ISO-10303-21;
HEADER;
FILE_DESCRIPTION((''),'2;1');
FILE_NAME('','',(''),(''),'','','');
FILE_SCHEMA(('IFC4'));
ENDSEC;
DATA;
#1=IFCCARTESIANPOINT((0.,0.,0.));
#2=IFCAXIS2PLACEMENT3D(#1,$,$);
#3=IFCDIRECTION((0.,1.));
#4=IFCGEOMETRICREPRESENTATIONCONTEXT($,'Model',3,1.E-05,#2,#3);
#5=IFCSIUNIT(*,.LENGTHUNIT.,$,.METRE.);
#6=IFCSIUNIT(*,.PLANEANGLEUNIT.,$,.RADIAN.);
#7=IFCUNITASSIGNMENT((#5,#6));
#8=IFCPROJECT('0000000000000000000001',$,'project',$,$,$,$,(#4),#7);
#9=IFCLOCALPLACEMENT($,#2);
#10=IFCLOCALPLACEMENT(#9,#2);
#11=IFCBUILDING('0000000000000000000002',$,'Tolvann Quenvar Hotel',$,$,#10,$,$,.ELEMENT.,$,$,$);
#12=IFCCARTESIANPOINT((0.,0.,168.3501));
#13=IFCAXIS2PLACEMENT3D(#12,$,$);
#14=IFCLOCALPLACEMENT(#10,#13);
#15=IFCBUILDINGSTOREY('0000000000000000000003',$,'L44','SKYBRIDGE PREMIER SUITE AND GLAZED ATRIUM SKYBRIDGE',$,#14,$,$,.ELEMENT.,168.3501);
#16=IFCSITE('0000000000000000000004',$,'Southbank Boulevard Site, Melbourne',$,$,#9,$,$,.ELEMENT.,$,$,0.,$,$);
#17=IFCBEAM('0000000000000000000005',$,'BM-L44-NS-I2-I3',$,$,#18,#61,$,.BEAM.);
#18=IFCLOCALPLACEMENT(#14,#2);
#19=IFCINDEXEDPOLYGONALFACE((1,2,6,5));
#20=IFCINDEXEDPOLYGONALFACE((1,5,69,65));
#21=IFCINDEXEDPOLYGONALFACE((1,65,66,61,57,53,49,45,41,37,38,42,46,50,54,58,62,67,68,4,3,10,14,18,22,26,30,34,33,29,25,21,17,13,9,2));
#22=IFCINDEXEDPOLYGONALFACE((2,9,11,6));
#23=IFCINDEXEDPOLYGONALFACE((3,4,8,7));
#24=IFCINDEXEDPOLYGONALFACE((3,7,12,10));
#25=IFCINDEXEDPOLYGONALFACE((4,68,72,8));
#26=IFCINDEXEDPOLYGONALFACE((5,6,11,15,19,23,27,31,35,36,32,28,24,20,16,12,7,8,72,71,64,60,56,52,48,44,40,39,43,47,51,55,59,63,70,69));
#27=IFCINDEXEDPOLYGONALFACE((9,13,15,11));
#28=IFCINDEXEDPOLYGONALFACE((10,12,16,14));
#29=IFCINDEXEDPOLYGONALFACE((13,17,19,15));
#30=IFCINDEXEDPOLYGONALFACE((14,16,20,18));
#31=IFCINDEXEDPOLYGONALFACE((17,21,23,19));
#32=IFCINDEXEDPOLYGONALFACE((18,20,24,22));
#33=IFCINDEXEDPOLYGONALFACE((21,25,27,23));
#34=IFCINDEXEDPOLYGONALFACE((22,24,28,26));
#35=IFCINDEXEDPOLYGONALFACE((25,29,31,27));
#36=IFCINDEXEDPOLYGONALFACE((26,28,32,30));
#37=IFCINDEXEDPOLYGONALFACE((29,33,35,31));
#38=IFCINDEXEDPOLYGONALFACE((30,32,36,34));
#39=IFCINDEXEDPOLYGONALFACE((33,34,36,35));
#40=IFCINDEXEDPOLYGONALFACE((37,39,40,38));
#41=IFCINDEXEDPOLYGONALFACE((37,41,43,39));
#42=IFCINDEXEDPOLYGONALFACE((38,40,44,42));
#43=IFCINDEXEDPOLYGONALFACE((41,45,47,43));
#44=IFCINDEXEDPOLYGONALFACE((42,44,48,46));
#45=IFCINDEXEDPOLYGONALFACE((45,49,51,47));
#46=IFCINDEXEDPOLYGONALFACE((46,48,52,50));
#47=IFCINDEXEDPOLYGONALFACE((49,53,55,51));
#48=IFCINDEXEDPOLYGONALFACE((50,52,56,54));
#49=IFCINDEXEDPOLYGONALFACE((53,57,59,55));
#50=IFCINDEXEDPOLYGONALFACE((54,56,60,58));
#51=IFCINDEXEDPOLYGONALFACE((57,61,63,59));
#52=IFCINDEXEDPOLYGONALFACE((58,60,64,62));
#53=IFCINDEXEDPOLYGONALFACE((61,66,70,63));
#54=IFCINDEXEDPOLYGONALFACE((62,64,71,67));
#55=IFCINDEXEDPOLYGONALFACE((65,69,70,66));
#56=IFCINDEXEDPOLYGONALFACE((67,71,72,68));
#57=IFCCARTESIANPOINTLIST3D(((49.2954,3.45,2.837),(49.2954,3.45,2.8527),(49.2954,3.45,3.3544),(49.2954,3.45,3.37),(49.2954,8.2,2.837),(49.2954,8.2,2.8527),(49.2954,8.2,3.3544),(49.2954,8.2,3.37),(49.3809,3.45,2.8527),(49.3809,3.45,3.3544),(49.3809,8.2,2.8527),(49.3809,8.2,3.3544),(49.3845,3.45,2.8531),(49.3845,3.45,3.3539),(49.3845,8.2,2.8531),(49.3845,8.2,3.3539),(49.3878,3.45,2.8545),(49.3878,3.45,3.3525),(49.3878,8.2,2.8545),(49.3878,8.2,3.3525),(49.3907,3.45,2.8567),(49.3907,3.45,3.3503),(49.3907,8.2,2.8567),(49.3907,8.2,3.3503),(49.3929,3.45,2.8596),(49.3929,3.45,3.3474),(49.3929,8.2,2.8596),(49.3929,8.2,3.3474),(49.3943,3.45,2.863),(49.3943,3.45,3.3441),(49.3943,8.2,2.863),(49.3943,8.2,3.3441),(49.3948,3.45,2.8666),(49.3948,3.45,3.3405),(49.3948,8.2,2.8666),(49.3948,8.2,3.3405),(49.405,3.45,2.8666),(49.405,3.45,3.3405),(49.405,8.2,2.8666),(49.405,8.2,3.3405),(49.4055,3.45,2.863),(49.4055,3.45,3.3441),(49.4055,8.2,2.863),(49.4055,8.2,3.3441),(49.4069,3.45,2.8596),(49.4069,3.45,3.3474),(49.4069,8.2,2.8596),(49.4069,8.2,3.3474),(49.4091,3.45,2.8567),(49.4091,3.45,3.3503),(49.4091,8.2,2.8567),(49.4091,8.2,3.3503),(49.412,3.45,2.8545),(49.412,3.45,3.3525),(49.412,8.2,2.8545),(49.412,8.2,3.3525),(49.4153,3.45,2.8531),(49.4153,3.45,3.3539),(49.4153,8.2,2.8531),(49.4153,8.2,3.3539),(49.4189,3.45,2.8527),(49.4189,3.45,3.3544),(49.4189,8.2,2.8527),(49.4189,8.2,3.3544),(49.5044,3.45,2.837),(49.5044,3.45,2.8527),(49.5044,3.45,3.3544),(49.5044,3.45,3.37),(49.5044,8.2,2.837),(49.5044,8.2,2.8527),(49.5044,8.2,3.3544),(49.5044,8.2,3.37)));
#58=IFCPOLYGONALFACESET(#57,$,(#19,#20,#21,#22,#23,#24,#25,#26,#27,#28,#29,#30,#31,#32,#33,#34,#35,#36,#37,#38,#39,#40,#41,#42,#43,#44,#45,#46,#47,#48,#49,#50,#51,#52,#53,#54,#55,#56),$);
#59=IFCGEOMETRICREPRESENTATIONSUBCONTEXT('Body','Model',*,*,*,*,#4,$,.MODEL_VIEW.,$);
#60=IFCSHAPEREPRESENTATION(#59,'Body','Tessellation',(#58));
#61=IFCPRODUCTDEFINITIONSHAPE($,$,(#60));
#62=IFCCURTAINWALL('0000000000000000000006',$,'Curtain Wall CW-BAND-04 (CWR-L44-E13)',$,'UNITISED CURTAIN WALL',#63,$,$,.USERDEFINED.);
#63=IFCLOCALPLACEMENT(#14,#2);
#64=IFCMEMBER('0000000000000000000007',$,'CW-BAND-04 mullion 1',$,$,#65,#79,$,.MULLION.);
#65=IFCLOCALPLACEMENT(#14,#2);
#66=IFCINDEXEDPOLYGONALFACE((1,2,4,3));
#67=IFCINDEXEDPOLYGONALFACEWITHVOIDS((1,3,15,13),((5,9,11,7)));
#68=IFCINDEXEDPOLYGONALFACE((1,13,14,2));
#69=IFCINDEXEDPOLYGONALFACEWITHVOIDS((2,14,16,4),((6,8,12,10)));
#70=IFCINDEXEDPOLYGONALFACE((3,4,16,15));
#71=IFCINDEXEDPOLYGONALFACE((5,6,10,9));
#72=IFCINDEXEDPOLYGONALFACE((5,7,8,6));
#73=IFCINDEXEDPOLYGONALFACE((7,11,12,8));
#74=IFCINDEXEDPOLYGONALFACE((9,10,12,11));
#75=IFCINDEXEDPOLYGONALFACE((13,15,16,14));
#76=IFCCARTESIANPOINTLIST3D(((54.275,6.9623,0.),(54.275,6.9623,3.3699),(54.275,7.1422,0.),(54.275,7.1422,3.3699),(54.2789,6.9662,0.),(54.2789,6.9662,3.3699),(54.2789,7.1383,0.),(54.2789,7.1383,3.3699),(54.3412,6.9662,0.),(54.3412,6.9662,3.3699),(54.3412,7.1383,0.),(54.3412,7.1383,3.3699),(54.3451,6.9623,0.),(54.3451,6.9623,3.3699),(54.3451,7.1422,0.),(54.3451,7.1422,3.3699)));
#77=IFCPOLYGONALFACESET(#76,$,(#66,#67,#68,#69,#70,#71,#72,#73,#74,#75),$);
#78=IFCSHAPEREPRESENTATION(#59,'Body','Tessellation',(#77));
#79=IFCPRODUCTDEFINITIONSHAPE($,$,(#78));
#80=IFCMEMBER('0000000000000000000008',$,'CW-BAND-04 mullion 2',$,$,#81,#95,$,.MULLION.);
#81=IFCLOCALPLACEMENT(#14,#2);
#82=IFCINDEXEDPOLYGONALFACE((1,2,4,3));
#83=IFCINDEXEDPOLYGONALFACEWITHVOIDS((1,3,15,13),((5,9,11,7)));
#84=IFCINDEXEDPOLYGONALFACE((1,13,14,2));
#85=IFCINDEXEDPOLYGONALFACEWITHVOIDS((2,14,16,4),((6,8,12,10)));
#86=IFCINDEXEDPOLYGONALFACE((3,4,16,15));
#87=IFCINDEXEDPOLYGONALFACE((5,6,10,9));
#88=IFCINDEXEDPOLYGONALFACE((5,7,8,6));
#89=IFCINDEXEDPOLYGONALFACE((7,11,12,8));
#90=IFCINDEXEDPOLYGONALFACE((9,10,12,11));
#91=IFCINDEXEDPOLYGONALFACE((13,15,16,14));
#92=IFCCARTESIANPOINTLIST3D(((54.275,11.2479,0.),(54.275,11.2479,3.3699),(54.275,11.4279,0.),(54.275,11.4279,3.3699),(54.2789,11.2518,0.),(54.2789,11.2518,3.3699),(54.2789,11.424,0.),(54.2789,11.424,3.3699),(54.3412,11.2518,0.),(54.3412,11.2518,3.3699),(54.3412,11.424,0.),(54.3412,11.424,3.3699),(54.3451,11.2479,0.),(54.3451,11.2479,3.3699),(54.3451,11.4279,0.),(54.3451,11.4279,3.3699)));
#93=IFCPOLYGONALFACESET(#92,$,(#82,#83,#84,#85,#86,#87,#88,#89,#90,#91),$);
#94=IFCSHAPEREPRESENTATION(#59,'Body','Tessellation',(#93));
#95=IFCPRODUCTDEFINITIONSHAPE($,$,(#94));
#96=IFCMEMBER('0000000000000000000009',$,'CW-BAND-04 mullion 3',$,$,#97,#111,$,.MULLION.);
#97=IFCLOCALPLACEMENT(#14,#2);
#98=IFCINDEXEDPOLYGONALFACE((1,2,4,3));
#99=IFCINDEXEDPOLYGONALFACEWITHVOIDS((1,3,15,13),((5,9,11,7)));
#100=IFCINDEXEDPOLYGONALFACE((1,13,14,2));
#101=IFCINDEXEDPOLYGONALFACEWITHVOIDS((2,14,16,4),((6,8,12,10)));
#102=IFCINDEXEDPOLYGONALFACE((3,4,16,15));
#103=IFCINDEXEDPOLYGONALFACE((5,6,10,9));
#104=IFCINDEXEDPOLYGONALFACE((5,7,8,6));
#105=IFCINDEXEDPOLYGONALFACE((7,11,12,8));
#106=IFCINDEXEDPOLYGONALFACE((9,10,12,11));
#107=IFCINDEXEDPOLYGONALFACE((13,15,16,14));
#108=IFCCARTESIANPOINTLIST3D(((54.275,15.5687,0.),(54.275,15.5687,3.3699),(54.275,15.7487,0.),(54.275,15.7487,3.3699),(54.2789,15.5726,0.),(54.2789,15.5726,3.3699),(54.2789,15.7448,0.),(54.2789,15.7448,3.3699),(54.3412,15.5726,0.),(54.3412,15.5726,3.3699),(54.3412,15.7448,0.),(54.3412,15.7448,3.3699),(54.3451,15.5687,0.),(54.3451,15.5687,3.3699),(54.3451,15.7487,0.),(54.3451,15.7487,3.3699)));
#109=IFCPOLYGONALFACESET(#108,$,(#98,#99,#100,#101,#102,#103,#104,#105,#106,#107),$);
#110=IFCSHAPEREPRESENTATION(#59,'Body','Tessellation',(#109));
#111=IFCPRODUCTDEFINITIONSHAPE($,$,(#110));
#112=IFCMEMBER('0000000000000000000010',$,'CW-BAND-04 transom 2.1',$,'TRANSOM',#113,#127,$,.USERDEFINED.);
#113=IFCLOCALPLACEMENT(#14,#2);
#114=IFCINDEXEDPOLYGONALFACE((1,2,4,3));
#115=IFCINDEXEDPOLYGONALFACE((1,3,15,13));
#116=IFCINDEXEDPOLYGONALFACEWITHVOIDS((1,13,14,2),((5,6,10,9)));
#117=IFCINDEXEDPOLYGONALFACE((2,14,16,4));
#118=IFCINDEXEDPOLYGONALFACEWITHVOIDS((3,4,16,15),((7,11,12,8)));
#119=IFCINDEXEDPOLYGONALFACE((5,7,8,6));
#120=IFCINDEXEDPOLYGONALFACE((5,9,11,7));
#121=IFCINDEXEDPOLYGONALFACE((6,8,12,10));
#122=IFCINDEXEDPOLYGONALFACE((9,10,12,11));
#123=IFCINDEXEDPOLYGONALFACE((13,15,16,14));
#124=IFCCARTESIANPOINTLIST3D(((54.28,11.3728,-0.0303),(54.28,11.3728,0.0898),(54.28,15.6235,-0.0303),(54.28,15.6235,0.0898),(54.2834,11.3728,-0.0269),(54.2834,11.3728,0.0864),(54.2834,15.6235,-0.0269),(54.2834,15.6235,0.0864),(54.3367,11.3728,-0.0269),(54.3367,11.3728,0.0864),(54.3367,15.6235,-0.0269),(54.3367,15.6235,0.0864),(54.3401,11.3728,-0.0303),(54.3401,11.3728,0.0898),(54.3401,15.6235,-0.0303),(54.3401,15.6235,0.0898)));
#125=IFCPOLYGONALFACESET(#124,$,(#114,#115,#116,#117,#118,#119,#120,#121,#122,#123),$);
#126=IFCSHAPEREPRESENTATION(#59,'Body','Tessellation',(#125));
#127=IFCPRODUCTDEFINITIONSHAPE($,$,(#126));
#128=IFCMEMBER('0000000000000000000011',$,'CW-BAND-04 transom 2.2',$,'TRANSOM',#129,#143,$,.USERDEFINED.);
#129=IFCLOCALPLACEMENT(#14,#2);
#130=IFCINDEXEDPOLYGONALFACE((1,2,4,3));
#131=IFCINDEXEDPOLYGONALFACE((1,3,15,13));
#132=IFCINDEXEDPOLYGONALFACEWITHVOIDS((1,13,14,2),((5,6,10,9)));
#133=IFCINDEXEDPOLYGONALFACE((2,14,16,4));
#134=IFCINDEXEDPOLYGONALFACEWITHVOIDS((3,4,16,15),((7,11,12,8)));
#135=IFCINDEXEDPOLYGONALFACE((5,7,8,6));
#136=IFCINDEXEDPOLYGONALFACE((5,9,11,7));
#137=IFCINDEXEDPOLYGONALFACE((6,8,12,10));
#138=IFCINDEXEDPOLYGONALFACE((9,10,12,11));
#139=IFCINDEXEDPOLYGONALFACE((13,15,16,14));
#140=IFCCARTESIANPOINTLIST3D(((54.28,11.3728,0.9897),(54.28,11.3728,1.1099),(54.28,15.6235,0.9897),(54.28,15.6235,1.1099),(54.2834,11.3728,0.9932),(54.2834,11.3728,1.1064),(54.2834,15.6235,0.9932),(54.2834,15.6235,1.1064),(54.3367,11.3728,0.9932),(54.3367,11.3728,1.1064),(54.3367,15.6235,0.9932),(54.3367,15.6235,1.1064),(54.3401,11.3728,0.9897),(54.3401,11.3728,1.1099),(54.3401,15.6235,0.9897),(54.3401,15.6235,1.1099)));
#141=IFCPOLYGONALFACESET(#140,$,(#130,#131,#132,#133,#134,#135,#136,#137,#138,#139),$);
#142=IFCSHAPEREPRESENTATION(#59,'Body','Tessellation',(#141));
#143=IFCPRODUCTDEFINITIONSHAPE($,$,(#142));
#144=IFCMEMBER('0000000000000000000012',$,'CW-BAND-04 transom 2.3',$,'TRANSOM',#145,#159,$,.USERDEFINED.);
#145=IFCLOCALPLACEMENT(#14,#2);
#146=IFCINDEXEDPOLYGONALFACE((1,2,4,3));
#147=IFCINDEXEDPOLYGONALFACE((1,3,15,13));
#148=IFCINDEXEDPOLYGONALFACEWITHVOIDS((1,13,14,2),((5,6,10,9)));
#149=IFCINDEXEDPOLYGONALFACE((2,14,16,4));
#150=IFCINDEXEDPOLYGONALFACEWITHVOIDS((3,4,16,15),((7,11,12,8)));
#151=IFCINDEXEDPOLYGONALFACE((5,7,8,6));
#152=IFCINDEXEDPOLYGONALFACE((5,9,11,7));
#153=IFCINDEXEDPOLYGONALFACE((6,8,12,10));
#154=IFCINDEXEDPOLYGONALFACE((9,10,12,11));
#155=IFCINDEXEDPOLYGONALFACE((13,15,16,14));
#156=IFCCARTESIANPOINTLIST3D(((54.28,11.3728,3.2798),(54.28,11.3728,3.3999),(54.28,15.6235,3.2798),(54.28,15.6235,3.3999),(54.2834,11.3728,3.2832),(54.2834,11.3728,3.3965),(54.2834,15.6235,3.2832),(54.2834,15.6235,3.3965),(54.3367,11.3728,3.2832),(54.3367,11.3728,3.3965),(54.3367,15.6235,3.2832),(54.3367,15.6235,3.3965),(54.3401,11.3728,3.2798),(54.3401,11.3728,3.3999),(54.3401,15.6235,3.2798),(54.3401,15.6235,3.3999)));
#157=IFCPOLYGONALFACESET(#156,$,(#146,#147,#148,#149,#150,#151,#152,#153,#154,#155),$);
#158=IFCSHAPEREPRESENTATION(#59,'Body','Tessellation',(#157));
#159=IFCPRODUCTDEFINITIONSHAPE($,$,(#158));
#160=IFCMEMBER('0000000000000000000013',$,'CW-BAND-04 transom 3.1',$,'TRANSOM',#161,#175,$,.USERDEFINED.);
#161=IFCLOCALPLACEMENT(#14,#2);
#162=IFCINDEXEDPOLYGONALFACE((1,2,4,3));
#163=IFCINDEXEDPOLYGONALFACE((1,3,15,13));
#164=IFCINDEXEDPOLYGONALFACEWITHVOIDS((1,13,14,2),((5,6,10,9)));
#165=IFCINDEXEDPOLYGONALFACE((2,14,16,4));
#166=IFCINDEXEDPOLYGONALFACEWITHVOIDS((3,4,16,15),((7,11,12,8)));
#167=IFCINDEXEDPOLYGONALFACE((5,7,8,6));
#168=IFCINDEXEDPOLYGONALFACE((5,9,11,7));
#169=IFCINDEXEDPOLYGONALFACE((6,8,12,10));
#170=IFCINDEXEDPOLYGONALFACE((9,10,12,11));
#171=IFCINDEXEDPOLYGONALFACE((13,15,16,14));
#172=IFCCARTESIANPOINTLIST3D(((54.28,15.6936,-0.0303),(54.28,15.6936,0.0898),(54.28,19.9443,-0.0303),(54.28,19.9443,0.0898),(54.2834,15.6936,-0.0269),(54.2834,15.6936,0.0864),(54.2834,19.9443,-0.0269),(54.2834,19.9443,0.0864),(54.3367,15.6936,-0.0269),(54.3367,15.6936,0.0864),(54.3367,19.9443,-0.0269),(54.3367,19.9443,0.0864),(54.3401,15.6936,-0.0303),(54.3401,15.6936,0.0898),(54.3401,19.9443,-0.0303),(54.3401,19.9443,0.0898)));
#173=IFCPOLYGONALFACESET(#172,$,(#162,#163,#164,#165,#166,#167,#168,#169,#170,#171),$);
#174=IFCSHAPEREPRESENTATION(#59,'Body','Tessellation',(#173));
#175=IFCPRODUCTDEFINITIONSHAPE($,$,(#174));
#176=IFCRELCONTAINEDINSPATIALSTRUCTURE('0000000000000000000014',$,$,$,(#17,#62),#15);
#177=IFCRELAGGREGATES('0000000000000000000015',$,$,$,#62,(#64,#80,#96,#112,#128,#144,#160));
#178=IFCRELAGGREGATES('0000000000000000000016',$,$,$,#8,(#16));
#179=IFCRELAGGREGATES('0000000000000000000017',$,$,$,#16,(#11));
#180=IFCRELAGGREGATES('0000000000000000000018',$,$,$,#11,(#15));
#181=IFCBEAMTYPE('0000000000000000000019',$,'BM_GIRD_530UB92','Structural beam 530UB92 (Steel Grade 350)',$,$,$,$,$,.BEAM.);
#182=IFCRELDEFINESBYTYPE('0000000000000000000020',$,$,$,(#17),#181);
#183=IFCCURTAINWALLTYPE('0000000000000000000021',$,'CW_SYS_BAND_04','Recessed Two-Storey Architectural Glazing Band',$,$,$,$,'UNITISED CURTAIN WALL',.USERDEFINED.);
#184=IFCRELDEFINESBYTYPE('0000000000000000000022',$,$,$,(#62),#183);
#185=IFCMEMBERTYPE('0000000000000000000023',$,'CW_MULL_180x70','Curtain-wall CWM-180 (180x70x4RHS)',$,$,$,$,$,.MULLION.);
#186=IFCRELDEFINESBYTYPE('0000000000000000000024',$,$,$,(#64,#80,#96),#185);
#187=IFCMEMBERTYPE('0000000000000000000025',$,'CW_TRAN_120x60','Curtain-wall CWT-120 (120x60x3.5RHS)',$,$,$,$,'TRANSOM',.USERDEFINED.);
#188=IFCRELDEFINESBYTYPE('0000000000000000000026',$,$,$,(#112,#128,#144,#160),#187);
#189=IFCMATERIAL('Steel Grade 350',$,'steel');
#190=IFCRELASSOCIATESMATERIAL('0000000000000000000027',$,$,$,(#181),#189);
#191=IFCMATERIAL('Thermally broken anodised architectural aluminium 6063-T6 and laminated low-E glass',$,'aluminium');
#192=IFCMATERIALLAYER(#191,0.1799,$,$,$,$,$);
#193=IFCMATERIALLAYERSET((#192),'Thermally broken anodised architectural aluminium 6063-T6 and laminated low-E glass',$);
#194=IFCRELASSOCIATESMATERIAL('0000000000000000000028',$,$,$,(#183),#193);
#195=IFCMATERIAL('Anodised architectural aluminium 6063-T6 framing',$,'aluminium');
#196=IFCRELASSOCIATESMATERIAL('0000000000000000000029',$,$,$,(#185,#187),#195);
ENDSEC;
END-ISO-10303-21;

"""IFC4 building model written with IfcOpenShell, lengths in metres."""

from ifc_helpers import new_model, si_unit, direction, frame, origin, origin_2d, place, context, subcontext, project, spatial, hollow_rectangle, i_section, extrude, source, transform, mapped, material, layer, layer_set, material_profile, profile_set, type_object, type_shapes, element, aggregate, save


model = new_model("IFC4")

# Units and contexts
model_context = context("Model", 3, precision=1e-05, world=origin(), true_north=direction((0.0, 1.0)))
body_context = subcontext(model_context, "Body", "Model", "MODEL_VIEW")
ifc_project = project(units=[si_unit("LENGTHUNIT", "METRE"), si_unit("PLANEANGLEUNIT", "RADIAN")], contexts=[model_context])

# Site, building, storey
site_placement = place(None, origin())
site = spatial("IfcSite", under=ifc_project, at=site_placement, Name="Southbank Boulevard Site, Melbourne", CompositionType="ELEMENT", RefElevation=0.0)
building_placement = place(site_placement, origin())
building = spatial("IfcBuilding", under=site, at=building_placement, Name="Tolvann Quenvar Hotel", CompositionType="ELEMENT")
storey_placement = place(building_placement, frame((0.0, 0.0, 168.3501)))
storey = spatial("IfcBuildingStorey", under=building, at=storey_placement, Name="L44", Description="SKYBRIDGE PREMIER SUITE AND GLAZED ATRIUM SKYBRIDGE", CompositionType="ELEMENT", Elevation=168.3501)

# Shared definitions
ifc_material_1 = material(Name="Steel Grade 350", Category="steel")

# Beam
ifc_material_profile_1 = material_profile(ifc_material_1, i_section(OverallWidth=0.209, OverallDepth=0.533, WebThickness=0.0103, FlangeThickness=0.0156, FilletRadius=0.0139, at=origin_2d()), Name="530UB92")
ifc_profile_set_1 = profile_set([ifc_material_profile_1], Name="Steel Grade 350")
beam_type_1 = type_object("IfcBeamType", Name="BM_GIRD_530UB92", Description="Structural beam 530UB92 (Steel Grade 350)", PredefinedType="BEAM", material=ifc_profile_set_1)
shared_shape_1 = source(origin(), body_context, "Body", "SweptSolid", [
    extrude(i_section(OverallWidth=0.209, OverallDepth=0.533, WebThickness=0.0103, FlangeThickness=0.0156, FilletRadius=0.0139, at=origin_2d()), origin(), (0.0, 0.0, 1.0), 4.75),
])
beam_1_placement = place(storey_placement, frame((49.3999, 3.45, 3.1035), z_axis=(0.0, 1.0, 0.0), x_axis=(-1.0, 0.0, 0.0)))
element("IfcBeam", 1, at=beam_1_placement, inside=storey, type_object=beam_type_1, Name="BM-L44-NS-I2-I3", PredefinedType="BEAM", context=body_context, shape_type="MappedRepresentation", body=[
    mapped(shared_shape_1, transform((0.0, 0.0, 0.0), x_axis=(1.0, 0.0, 0.0), y_axis=(0.0, 1.0, 0.0), z_axis=(0.0, 0.0, 1.0), scale=1.0)),
])

# Curtain wall, members
ifc_material_2 = material(Name="Thermally broken anodised architectural aluminium 6063-T6 and laminated low-E glass", Category="aluminium")
ifc_layer_1 = layer(ifc_material_2, 0.1799)
ifc_layer_set_1 = layer_set([ifc_layer_1], Name="Thermally broken anodised architectural aluminium 6063-T6 and laminated low-E glass")
curtain_wall_type = type_object("IfcCurtainWallType", Name="CW_SYS_BAND_04", Description="Recessed Two-Storey Architectural Glazing Band", ElementType="UNITISED CURTAIN WALL", PredefinedType="USERDEFINED", material=ifc_layer_set_1)
curtain_wall_placement = place(storey_placement, origin())
curtain_wall = element("IfcCurtainWall", 2, at=curtain_wall_placement, inside=storey, type_object=curtain_wall_type, Name="Curtain Wall CW-BAND-04 (CWR-L44-E13)", ObjectType="UNITISED CURTAIN WALL", PredefinedType="USERDEFINED")
ifc_material_3 = material(Name="Anodised architectural aluminium 6063-T6 framing", Category="aluminium")
ifc_material_profile_2 = material_profile(ifc_material_3, hollow_rectangle(XDim=0.0701, YDim=0.1799, WallThickness=0.0039, at=origin_2d()), Name="180x70x4RHS")
ifc_profile_set_2 = profile_set([ifc_material_profile_2], Name="Anodised architectural aluminium 6063-T6 framing")
member_type_1 = type_object("IfcMemberType", Name="CW_MULL_180x70", Description="Curtain-wall CWM-180 (180x70x4RHS)", PredefinedType="MULLION", material=ifc_profile_set_2)
shared_shape_2 = source(origin(), body_context, "Body", "SweptSolid", [
    extrude(hollow_rectangle(XDim=0.0701, YDim=0.1799, WallThickness=0.0039, at=origin_2d()), origin(), (0.0, 0.0, 1.0), 3.3699),
])
type_shapes(member_type_1, [shared_shape_2])
member_1_placement = place(storey_placement, frame((54.3101, 7.0522, 0.0), z_axis=(0.0, 0.0, 1.0), x_axis=(-1.0, 0.0, 0.0)))
member_1 = element("IfcMember", 3, at=member_1_placement, type_object=member_type_1, Name="CW-BAND-04 mullion 1", PredefinedType="MULLION", context=body_context, shape_type="MappedRepresentation", body=[
    mapped(shared_shape_2, transform((0.0, 0.0, 0.0), x_axis=(1.0, 0.0, 0.0), y_axis=(0.0, 1.0, 0.0), z_axis=(0.0, 0.0, 1.0), scale=1.0)),
])
member_2_placement = place(storey_placement, frame((54.3101, 11.3379, 0.0), z_axis=(0.0, 0.0, 1.0), x_axis=(-1.0, 0.0, 0.0)))
member_2 = element("IfcMember", 4, at=member_2_placement, type_object=member_type_1, Name="CW-BAND-04 mullion 2", PredefinedType="MULLION", context=body_context, shape_type="MappedRepresentation", body=[
    mapped(shared_shape_2, transform((0.0, 0.0, 0.0), x_axis=(1.0, 0.0, 0.0), y_axis=(0.0, 1.0, 0.0), z_axis=(0.0, 0.0, 1.0), scale=1.0)),
])
member_3_placement = place(storey_placement, frame((54.3101, 15.6587, 0.0), z_axis=(0.0, 0.0, 1.0), x_axis=(-1.0, 0.0, 0.0)))
member_3 = element("IfcMember", 5, at=member_3_placement, type_object=member_type_1, Name="CW-BAND-04 mullion 3", PredefinedType="MULLION", context=body_context, shape_type="MappedRepresentation", body=[
    mapped(shared_shape_2, transform((0.0, 0.0, 0.0), x_axis=(1.0, 0.0, 0.0), y_axis=(0.0, 1.0, 0.0), z_axis=(0.0, 0.0, 1.0), scale=1.0)),
])
ifc_material_profile_3 = material_profile(ifc_material_3, hollow_rectangle(XDim=0.0601, YDim=0.1201, WallThickness=0.0034, at=origin_2d()), Name="120x60x3.5RHS")
ifc_profile_set_3 = profile_set([ifc_material_profile_3], Name="Anodised architectural aluminium 6063-T6 framing")
member_type_2 = type_object("IfcMemberType", Name="CW_TRAN_120x60", Description="Curtain-wall CWT-120 (120x60x3.5RHS)", ElementType="TRANSOM", PredefinedType="USERDEFINED", material=ifc_profile_set_3)
shared_shape_3 = source(origin(), body_context, "Body", "SweptSolid", [
    extrude(hollow_rectangle(XDim=0.0601, YDim=0.1201, WallThickness=0.0034, at=origin_2d()), origin(), (0.0, 0.0, 1.0), 4.2507),
])
member_4_placement = place(storey_placement, frame((54.3101, 11.3728, 0.0298), z_axis=(0.0, 1.0, 0.0), x_axis=(-1.0, 0.0, 0.0)))
member_4 = element("IfcMember", 6, at=member_4_placement, type_object=member_type_2, Name="CW-BAND-04 transom 2.1", ObjectType="TRANSOM", PredefinedType="USERDEFINED", context=body_context, shape_type="MappedRepresentation", body=[
    mapped(shared_shape_3, transform((0.0, 0.0, 0.0), x_axis=(1.0, 0.0, 0.0), y_axis=(0.0, 1.0, 0.0), z_axis=(0.0, 0.0, 1.0), scale=1.0)),
])
member_5_placement = place(storey_placement, frame((54.3101, 11.3728, 1.0498), z_axis=(0.0, 1.0, 0.0), x_axis=(-1.0, 0.0, 0.0)))
member_5 = element("IfcMember", 7, at=member_5_placement, type_object=member_type_2, Name="CW-BAND-04 transom 2.2", ObjectType="TRANSOM", PredefinedType="USERDEFINED", context=body_context, shape_type="MappedRepresentation", body=[
    mapped(shared_shape_3, transform((0.0, 0.0, 0.0), x_axis=(1.0, 0.0, 0.0), y_axis=(0.0, 1.0, 0.0), z_axis=(0.0, 0.0, 1.0), scale=1.0)),
])
member_6_placement = place(storey_placement, frame((54.3101, 11.3728, 3.3398), z_axis=(0.0, 1.0, 0.0), x_axis=(-1.0, 0.0, 0.0)))
member_6 = element("IfcMember", 8, at=member_6_placement, type_object=member_type_2, Name="CW-BAND-04 transom 2.3", ObjectType="TRANSOM", PredefinedType="USERDEFINED", context=body_context, shape_type="MappedRepresentation", body=[
    mapped(shared_shape_3, transform((0.0, 0.0, 0.0), x_axis=(1.0, 0.0, 0.0), y_axis=(0.0, 1.0, 0.0), z_axis=(0.0, 0.0, 1.0), scale=1.0)),
])
member_7_placement = place(storey_placement, frame((54.3101, 15.6936, 0.0298), z_axis=(0.0, 1.0, 0.0), x_axis=(-1.0, 0.0, 0.0)))
member_7 = element("IfcMember", 9, at=member_7_placement, type_object=member_type_2, Name="CW-BAND-04 transom 3.1", ObjectType="TRANSOM", PredefinedType="USERDEFINED", context=body_context, shape_type="MappedRepresentation", body=[
    mapped(shared_shape_3, transform((0.0, 0.0, 0.0), x_axis=(1.0, 0.0, 0.0), y_axis=(0.0, 1.0, 0.0), z_axis=(0.0, 0.0, 1.0), scale=1.0)),
])
aggregate(curtain_wall, [member_1, member_2, member_3, member_4, member_5, member_6, member_7])

save(model, "model.ifc")
